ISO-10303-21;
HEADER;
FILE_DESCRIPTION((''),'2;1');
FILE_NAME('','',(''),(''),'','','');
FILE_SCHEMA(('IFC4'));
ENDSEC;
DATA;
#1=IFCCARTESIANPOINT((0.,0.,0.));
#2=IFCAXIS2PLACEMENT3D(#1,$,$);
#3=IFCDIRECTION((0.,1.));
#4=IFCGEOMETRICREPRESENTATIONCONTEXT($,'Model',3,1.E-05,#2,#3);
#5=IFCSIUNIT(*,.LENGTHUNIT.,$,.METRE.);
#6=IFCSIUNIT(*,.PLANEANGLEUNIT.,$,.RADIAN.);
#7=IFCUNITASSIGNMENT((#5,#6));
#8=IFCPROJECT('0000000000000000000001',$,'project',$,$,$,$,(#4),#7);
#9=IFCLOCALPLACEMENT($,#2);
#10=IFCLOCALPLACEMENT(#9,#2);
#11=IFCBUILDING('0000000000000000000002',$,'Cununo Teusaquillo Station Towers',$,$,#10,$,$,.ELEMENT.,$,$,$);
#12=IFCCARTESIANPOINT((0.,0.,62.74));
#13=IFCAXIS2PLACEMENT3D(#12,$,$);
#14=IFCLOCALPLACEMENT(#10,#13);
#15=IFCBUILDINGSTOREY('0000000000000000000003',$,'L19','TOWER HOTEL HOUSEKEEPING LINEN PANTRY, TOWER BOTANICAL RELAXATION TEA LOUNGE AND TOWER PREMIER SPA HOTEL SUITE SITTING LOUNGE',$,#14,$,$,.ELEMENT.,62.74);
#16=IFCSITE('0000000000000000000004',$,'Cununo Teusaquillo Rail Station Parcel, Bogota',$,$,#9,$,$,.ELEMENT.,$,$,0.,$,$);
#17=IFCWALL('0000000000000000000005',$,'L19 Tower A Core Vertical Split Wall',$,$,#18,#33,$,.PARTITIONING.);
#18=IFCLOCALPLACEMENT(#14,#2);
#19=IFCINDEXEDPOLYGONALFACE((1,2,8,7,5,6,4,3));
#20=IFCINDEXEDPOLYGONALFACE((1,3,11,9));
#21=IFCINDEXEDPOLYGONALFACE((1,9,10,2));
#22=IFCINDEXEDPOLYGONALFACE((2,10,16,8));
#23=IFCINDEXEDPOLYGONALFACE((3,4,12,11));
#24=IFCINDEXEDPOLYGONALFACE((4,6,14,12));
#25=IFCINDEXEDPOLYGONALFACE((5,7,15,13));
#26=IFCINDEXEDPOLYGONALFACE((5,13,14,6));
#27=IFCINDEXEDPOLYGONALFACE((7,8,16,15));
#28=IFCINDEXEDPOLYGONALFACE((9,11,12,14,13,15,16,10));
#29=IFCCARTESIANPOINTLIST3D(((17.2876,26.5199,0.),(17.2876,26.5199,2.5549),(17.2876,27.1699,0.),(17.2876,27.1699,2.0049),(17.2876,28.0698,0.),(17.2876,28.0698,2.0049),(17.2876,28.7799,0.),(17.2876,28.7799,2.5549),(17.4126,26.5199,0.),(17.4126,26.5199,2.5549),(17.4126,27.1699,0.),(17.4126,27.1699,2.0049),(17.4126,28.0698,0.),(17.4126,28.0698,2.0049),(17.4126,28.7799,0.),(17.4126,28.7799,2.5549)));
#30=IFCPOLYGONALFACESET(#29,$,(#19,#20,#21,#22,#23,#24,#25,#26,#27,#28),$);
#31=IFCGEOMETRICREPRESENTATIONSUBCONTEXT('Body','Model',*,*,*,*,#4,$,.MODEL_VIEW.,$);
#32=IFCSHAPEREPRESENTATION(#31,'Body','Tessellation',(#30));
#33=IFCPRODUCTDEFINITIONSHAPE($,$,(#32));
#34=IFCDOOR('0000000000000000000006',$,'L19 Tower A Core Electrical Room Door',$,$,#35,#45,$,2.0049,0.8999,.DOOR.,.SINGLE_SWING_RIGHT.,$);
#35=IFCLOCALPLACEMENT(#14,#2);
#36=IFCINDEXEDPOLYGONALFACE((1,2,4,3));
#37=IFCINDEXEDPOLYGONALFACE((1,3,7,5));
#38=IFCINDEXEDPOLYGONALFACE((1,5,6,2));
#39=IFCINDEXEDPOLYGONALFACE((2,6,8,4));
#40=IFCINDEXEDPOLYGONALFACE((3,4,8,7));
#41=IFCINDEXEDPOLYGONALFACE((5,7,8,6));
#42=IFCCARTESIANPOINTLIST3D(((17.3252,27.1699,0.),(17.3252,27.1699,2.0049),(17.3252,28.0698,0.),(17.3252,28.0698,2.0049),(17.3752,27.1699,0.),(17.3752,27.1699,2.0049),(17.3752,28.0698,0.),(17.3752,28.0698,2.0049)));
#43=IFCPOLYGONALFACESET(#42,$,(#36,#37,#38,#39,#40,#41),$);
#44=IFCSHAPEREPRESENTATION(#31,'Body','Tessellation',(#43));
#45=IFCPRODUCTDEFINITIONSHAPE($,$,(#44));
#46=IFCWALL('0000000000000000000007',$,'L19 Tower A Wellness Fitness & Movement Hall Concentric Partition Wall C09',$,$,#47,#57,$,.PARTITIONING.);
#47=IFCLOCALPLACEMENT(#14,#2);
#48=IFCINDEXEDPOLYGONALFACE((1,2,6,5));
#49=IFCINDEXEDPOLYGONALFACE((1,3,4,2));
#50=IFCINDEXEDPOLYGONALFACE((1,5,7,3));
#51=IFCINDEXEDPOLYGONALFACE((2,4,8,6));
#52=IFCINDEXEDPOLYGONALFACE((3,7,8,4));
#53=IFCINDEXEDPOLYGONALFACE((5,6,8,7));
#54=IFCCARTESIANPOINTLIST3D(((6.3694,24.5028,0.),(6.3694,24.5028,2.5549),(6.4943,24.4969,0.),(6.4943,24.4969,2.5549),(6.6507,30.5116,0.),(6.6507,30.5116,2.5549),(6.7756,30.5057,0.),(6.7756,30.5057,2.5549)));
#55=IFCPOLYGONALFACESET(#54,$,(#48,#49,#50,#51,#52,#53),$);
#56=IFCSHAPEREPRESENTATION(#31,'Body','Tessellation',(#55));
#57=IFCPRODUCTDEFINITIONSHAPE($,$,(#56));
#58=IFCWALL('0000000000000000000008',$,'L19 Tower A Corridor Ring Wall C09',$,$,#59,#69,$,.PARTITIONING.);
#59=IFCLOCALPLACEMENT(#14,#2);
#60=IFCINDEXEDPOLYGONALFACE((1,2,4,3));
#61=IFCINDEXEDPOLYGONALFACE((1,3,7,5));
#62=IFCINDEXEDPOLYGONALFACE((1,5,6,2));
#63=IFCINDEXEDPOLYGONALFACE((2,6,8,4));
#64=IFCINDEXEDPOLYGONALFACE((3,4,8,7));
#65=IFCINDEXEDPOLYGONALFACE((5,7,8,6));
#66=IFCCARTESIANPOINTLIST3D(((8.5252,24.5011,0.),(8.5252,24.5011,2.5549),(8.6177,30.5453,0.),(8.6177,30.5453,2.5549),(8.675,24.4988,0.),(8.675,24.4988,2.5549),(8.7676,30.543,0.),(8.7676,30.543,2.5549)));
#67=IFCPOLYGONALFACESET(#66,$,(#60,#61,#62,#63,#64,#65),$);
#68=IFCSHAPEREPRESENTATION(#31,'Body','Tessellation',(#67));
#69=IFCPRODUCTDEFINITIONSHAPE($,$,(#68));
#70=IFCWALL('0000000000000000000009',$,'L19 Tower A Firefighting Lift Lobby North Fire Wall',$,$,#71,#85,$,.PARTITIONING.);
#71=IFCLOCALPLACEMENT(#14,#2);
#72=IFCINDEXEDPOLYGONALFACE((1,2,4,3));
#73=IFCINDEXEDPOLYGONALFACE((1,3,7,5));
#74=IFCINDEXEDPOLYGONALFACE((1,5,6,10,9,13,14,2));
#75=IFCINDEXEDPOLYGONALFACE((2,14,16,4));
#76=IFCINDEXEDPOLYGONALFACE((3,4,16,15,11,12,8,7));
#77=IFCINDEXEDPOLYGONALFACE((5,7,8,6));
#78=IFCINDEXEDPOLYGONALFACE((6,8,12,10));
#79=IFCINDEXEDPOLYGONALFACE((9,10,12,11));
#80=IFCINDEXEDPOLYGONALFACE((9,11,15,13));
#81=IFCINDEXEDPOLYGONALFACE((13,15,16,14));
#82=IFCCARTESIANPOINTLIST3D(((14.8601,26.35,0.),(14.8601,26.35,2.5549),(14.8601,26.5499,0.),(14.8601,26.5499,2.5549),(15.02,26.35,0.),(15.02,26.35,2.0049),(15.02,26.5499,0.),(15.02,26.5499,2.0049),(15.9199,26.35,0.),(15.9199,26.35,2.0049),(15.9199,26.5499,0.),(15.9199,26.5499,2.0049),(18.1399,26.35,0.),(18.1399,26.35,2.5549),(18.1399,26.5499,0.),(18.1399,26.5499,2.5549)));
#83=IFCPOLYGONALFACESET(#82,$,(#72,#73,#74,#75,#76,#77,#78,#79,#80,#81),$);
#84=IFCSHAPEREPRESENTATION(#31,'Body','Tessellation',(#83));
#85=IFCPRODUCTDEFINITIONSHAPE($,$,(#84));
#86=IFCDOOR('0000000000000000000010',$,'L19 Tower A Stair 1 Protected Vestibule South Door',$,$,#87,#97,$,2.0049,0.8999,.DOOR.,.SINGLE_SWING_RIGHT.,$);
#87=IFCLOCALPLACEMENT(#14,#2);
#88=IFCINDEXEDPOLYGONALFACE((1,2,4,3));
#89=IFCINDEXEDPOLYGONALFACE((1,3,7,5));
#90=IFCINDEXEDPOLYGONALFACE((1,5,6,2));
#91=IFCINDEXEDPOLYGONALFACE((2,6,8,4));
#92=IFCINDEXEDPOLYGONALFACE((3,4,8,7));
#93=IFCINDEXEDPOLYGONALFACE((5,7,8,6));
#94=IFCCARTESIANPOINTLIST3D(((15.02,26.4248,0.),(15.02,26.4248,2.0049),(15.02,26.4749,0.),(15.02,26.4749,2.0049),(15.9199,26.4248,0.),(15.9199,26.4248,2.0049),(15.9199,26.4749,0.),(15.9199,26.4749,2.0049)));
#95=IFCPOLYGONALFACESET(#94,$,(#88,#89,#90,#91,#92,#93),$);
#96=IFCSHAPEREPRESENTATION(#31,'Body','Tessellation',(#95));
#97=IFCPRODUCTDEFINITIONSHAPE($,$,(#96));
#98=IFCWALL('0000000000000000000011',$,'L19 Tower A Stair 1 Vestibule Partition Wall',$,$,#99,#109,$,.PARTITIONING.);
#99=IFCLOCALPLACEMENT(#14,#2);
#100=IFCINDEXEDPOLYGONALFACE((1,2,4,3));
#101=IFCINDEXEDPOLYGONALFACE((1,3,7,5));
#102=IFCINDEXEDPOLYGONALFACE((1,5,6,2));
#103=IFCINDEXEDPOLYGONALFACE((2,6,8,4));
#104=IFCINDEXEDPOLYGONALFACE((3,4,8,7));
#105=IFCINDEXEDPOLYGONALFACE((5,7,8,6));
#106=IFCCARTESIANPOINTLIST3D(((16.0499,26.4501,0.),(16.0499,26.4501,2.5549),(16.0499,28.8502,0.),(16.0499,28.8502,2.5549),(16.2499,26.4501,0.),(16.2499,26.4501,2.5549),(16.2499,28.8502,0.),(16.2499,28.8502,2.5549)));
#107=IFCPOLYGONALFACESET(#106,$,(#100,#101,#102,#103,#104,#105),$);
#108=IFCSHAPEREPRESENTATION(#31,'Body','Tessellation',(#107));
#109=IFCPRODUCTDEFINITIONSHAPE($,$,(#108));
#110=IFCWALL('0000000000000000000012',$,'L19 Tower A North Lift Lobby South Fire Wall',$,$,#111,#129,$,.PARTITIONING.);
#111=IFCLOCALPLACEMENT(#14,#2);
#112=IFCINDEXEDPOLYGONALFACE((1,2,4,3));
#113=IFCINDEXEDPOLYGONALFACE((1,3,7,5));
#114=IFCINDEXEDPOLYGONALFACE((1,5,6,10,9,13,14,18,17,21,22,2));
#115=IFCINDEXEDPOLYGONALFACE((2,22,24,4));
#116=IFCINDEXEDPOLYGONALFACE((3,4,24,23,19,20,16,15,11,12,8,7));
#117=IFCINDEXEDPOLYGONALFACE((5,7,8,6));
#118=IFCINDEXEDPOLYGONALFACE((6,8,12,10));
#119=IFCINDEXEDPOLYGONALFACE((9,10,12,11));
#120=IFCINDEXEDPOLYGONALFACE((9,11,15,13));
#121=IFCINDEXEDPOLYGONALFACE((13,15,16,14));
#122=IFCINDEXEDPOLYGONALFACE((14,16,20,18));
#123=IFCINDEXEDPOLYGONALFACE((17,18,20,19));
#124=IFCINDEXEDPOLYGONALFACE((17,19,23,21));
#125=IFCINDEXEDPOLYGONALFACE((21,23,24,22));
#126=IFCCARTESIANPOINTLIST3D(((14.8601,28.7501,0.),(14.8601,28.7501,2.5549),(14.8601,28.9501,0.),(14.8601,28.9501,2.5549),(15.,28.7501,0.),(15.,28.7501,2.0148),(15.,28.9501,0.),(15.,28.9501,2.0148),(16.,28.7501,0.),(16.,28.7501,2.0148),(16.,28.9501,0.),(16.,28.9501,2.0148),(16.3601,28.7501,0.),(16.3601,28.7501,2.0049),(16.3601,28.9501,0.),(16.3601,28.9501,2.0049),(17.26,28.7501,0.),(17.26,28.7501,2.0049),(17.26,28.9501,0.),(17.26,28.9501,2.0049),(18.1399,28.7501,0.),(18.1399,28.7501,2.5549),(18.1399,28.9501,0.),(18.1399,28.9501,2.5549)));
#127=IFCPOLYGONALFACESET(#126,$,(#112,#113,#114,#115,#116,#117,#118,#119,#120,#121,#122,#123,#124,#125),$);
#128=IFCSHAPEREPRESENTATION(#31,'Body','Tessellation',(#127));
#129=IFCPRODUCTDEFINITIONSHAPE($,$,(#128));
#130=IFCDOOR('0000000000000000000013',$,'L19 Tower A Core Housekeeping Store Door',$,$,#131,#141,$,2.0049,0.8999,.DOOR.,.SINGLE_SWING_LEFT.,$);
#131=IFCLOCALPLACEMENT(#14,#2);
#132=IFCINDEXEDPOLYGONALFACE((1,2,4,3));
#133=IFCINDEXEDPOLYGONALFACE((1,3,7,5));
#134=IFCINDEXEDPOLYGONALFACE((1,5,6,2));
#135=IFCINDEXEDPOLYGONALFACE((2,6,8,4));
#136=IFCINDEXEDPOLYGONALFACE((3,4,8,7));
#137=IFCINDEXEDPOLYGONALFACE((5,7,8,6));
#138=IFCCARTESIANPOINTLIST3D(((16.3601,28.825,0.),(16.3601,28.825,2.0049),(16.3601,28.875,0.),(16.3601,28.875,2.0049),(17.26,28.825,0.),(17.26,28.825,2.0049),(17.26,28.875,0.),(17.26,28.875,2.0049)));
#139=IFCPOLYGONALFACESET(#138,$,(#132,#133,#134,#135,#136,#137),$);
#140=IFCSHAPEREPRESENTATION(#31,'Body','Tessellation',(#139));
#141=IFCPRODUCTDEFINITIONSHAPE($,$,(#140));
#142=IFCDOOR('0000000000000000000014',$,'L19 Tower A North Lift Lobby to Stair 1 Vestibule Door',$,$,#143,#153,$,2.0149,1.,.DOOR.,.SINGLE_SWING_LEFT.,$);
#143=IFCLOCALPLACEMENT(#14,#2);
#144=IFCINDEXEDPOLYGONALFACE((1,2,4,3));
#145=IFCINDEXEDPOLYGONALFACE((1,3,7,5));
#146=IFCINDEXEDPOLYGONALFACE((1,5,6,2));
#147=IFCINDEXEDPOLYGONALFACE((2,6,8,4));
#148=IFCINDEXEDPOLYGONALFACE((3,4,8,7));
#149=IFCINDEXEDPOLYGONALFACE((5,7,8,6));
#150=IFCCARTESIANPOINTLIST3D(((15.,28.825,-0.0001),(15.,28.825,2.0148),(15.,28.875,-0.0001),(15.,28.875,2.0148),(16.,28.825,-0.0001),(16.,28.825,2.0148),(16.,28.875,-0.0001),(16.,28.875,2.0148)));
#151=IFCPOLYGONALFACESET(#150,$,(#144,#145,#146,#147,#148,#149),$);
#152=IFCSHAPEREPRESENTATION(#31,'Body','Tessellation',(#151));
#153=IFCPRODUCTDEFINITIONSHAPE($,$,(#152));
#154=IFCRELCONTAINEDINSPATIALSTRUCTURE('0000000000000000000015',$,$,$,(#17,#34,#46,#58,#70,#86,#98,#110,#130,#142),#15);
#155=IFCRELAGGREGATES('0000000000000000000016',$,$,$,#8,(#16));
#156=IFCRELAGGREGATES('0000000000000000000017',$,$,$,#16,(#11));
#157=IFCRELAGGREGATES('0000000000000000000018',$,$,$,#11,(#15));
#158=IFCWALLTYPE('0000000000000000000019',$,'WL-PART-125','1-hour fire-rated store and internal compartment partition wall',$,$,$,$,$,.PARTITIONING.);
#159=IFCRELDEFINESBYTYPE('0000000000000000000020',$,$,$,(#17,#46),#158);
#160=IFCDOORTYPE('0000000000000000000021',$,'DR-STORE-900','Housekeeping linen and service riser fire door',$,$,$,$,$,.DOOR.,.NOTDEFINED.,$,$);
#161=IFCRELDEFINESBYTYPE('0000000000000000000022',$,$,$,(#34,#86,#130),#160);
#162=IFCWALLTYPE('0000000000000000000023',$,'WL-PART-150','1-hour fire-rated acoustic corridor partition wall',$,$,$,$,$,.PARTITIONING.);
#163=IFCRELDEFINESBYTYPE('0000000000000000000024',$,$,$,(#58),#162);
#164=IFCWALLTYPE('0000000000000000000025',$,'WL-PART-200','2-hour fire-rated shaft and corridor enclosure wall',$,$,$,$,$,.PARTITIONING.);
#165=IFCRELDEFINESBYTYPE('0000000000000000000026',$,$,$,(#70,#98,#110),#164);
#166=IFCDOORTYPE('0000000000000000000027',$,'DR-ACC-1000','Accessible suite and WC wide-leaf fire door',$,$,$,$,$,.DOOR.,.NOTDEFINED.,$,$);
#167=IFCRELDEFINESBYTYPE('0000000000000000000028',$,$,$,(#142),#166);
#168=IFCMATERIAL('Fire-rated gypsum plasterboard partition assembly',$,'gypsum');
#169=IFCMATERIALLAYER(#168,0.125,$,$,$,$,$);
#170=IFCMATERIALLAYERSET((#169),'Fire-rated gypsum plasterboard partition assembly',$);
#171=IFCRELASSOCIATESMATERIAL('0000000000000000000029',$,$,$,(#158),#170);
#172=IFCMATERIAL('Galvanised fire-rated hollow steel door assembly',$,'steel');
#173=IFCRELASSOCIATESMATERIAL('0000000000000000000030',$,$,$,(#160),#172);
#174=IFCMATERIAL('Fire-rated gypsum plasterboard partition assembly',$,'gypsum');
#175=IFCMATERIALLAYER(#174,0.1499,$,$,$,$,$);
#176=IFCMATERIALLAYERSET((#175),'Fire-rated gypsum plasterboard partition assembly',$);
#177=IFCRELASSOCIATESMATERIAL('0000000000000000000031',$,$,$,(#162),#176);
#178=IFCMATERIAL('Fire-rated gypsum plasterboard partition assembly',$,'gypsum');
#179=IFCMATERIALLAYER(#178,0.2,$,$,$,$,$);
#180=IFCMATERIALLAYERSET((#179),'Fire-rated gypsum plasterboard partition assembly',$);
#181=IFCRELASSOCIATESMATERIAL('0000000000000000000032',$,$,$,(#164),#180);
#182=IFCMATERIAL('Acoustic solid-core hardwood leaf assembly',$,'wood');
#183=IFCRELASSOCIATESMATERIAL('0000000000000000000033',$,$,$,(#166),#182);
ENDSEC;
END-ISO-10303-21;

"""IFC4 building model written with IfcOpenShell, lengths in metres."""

from ifc_helpers import new_model, si_unit, direction, frame, frame_2d, origin, place, context, subcontext, project, spatial, rectangle, extrude, source, transform, mapped, material, layer, layer_set, type_object, element, fill, save


model = new_model("IFC4")

# Units and contexts
model_context = context("Model", 3, precision=1e-05, world=origin(), true_north=direction((0.0, 1.0)))
body_context = subcontext(model_context, "Body", "Model", "MODEL_VIEW")
ifc_project = project(units=[si_unit("LENGTHUNIT", "METRE"), si_unit("PLANEANGLEUNIT", "RADIAN")], contexts=[model_context])

# Site, building, storey
site_placement = place(None, origin())
site = spatial("IfcSite", under=ifc_project, at=site_placement, Name="Cununo Teusaquillo Rail Station Parcel, Bogota", CompositionType="ELEMENT", RefElevation=0.0)
building_placement = place(site_placement, origin())
building = spatial("IfcBuilding", under=site, at=building_placement, Name="Cununo Teusaquillo Station Towers", CompositionType="ELEMENT")
storey_placement = place(building_placement, frame((0.0, 0.0, 62.74)))
storey = spatial("IfcBuildingStorey", under=building, at=storey_placement, Name="L19", Description="TOWER HOTEL HOUSEKEEPING LINEN PANTRY, TOWER BOTANICAL RELAXATION TEA LOUNGE AND TOWER PREMIER SPA HOTEL SUITE SITTING LOUNGE", CompositionType="ELEMENT", Elevation=62.74)

# Wall, opening, door
ifc_material_1 = material(Name="Fire-rated gypsum plasterboard partition assembly", Category="gypsum")
ifc_layer_1 = layer(ifc_material_1, 0.125)
ifc_layer_set_1 = layer_set([ifc_layer_1], Name="Fire-rated gypsum plasterboard partition assembly")
wall_type_1 = type_object("IfcWallType", Name="WL-PART-125", Description="1-hour fire-rated store and internal compartment partition wall", PredefinedType="PARTITIONING", material=ifc_layer_set_1)
wall_1_placement = place(storey_placement, frame((17.3501, 26.52, 0.0), z_axis=(0.0, 0.0, 1.0), x_axis=(0.0, 1.0, 0.0)))
wall_1 = element("IfcWall", 1, at=wall_1_placement, inside=storey, type_object=wall_type_1, Name="L19 Tower A Core Vertical Split Wall", PredefinedType="PARTITIONING", context=body_context, shape_type="SweptSolid", body=[
    extrude(rectangle(XDim=2.26, YDim=0.125, at=frame_2d((1.1299, 0.0))), origin(), (0.0, 0.0, 1.0), 2.5549),
])
shared_shape_1 = source(origin(), body_context, "Body", "SweptSolid", [
    extrude(rectangle(XDim=0.8999, YDim=2.0049, at=frame_2d((0.45, 1.0024))), frame((0.0, 0.0725, 0.0), z_axis=(0.0, -1.0, 0.0), x_axis=(1.0, 0.0, 0.0)), (0.0, 0.0, 1.0), 0.145),
])
opening_1_placement = place(wall_1_placement, frame((0.6499, 0.0, 0.0)))
opening_1 = element("IfcOpeningElement", 2, at=opening_1_placement, cuts=wall_1, PredefinedType="OPENING", context=body_context, shape_type="MappedRepresentation", body=[
    mapped(shared_shape_1, transform((0.0, 0.0, 0.0), x_axis=(1.0, 0.0, 0.0), y_axis=(0.0, 1.0, 0.0), z_axis=(0.0, 0.0, 1.0), scale=1.0)),
])
ifc_material_2 = material(Name="Galvanised fire-rated hollow steel door assembly", Category="steel")
door_type_1 = type_object("IfcDoorType", Name="DR-STORE-900", Description="Housekeeping linen and service riser fire door", OperationType="NOTDEFINED", PredefinedType="DOOR", material=ifc_material_2)
shared_shape_2 = source(origin(), body_context, "Body", "SweptSolid", [
    extrude(rectangle(XDim=0.8999, YDim=2.0049, at=frame_2d((0.45, 1.0024))), frame((0.0, 0.0249, 0.0), z_axis=(0.0, -1.0, 0.0), x_axis=(1.0, 0.0, 0.0)), (0.0, 0.0, 1.0), 0.05),
])
door_1_placement = place(opening_1_placement, origin())
door_1 = element("IfcDoor", 3, at=door_1_placement, inside=storey, type_object=door_type_1, Name="L19 Tower A Core Electrical Room Door", OperationType="SINGLE_SWING_RIGHT", OverallHeight=2.0049, OverallWidth=0.8999, PredefinedType="DOOR", context=body_context, shape_type="MappedRepresentation", body=[
    mapped(shared_shape_2, transform((0.0, 0.0, 0.0), x_axis=(1.0, 0.0, 0.0), y_axis=(0.0, 1.0, 0.0), z_axis=(0.0, 0.0, 1.0), scale=1.0)),
])
fill(opening_1, door_1)

# Walls
wall_2_placement = place(storey_placement, frame((6.7131, 30.5088, 0.0), z_axis=(0.0, 0.0, 1.0), x_axis=(-0.046755, -0.998906, 0.0)))
element("IfcWall", 4, at=wall_2_placement, inside=storey, type_object=wall_type_1, Name="L19 Tower A Wellness Fitness & Movement Hall Concentric Partition Wall C09", PredefinedType="PARTITIONING", context=body_context, shape_type="SweptSolid", body=[
    extrude(rectangle(XDim=6.0154, YDim=0.125, at=frame_2d((3.0078, 0.0))), origin(), (0.0, 0.0, 1.0), 2.5549),
])
ifc_material_3 = material(Name="Fire-rated gypsum plasterboard partition assembly", Category="gypsum")
ifc_layer_2 = layer(ifc_material_3, 0.1499)
ifc_layer_set_2 = layer_set([ifc_layer_2], Name="Fire-rated gypsum plasterboard partition assembly")
wall_type_2 = type_object("IfcWallType", Name="WL-PART-150", Description="1-hour fire-rated acoustic corridor partition wall", PredefinedType="PARTITIONING", material=ifc_layer_set_2)
wall_3_placement = place(storey_placement, frame((8.6926, 30.5442, 0.0), z_axis=(0.0, 0.0, 1.0), x_axis=(-0.015307, -0.999883, 0.0)))
element("IfcWall", 5, at=wall_3_placement, inside=storey, type_object=wall_type_2, Name="L19 Tower A Corridor Ring Wall C09", PredefinedType="PARTITIONING", context=body_context, shape_type="SweptSolid", body=[
    extrude(rectangle(XDim=6.0449, YDim=0.1499, at=frame_2d((3.0225, 0.0))), origin(), (0.0, 0.0, 1.0), 2.5549),
])

# Wall, opening, door
ifc_material_4 = material(Name="Fire-rated gypsum plasterboard partition assembly", Category="gypsum")
ifc_layer_3 = layer(ifc_material_4, 0.2)
ifc_layer_set_3 = layer_set([ifc_layer_3], Name="Fire-rated gypsum plasterboard partition assembly")
wall_type_3 = type_object("IfcWallType", Name="WL-PART-200", Description="2-hour fire-rated shaft and corridor enclosure wall", PredefinedType="PARTITIONING", material=ifc_layer_set_3)
wall_4_placement = place(storey_placement, frame((14.8601, 26.45, 0.0), z_axis=(0.0, 0.0, 1.0), x_axis=(1.0, 0.0, 0.0)))
wall_4 = element("IfcWall", 6, at=wall_4_placement, inside=storey, type_object=wall_type_3, Name="L19 Tower A Firefighting Lift Lobby North Fire Wall", PredefinedType="PARTITIONING", context=body_context, shape_type="SweptSolid", body=[
    extrude(rectangle(XDim=3.2798, YDim=0.2, at=frame_2d((1.6399, 0.0))), origin(), (0.0, 0.0, 1.0), 2.5549),
])
shared_shape_3 = source(origin(), body_context, "Body", "SweptSolid", [
    extrude(rectangle(XDim=0.8999, YDim=2.0049, at=frame_2d((0.45, 1.0024))), frame((0.0, 0.1099, 0.0), z_axis=(0.0, -1.0, 0.0), x_axis=(1.0, 0.0, 0.0)), (0.0, 0.0, 1.0), 0.22),
])
opening_2_placement = place(wall_4_placement, frame((0.1599, 0.0, 0.0)))
opening_2 = element("IfcOpeningElement", 7, at=opening_2_placement, cuts=wall_4, PredefinedType="OPENING", context=body_context, shape_type="MappedRepresentation", body=[
    mapped(shared_shape_3, transform((0.0, 0.0, 0.0), x_axis=(1.0, 0.0, 0.0), y_axis=(0.0, 1.0, 0.0), z_axis=(0.0, 0.0, 1.0), scale=1.0)),
])
door_2_placement = place(opening_2_placement, origin())
door_2 = element("IfcDoor", 8, at=door_2_placement, inside=storey, type_object=door_type_1, Name="L19 Tower A Stair 1 Protected Vestibule South Door", OperationType="SINGLE_SWING_RIGHT", OverallHeight=2.0049, OverallWidth=0.8999, PredefinedType="DOOR", context=body_context, shape_type="MappedRepresentation", body=[
    mapped(shared_shape_2, transform((0.0, 0.0, 0.0), x_axis=(1.0, 0.0, 0.0), y_axis=(0.0, 1.0, 0.0), z_axis=(0.0, 0.0, 1.0), scale=1.0)),
])
fill(opening_2, door_2)

# Wall
wall_5_placement = place(storey_placement, frame((16.1499, 26.45, 0.0), z_axis=(0.0, 0.0, 1.0), x_axis=(0.0, 1.0, 0.0)))
element("IfcWall", 9, at=wall_5_placement, inside=storey, type_object=wall_type_3, Name="L19 Tower A Stair 1 Vestibule Partition Wall", PredefinedType="PARTITIONING", context=body_context, shape_type="SweptSolid", body=[
    extrude(rectangle(XDim=2.4001, YDim=0.2, at=frame_2d((1.2002, 0.0))), origin(), (0.0, 0.0, 1.0), 2.5549),
])

# Wall, openings, doors
wall_6_placement = place(storey_placement, frame((14.8601, 28.8501, 0.0), z_axis=(0.0, 0.0, 1.0), x_axis=(1.0, 0.0, 0.0)))
wall_6 = element("IfcWall", 10, at=wall_6_placement, inside=storey, type_object=wall_type_3, Name="L19 Tower A North Lift Lobby South Fire Wall", PredefinedType="PARTITIONING", context=body_context, shape_type="SweptSolid", body=[
    extrude(rectangle(XDim=3.2798, YDim=0.2, at=frame_2d((1.6399, 0.0))), origin(), (0.0, 0.0, 1.0), 2.5549),
])
shared_shape_4 = source(origin(), body_context, "Body", "SweptSolid", [
    extrude(rectangle(XDim=1.0, YDim=2.0149, at=frame_2d((0.5, 1.0073))), frame((0.0, 0.1099, 0.0), z_axis=(0.0, -1.0, 0.0), x_axis=(1.0, 0.0, 0.0)), (0.0, 0.0, 1.0), 0.22),
])
opening_3_placement = place(wall_6_placement, frame((0.1399, 0.0, 0.0)))
opening_3 = element("IfcOpeningElement", 11, at=opening_3_placement, cuts=wall_6, PredefinedType="OPENING", context=body_context, shape_type="MappedRepresentation", body=[
    mapped(shared_shape_4, transform((0.0, 0.0, 0.0), x_axis=(1.0, 0.0, 0.0), y_axis=(0.0, 1.0, 0.0), z_axis=(0.0, 0.0, 1.0), scale=1.0)),
])
opening_4_placement = place(wall_6_placement, frame((1.5, 0.0, 0.0)))
opening_4 = element("IfcOpeningElement", 12, at=opening_4_placement, cuts=wall_6, PredefinedType="OPENING", context=body_context, shape_type="MappedRepresentation", body=[
    mapped(shared_shape_3, transform((0.0, 0.0, 0.0), x_axis=(1.0, 0.0, 0.0), y_axis=(0.0, 1.0, 0.0), z_axis=(0.0, 0.0, 1.0), scale=1.0)),
])
door_3_placement = place(opening_4_placement, origin())
door_3 = element("IfcDoor", 13, at=door_3_placement, inside=storey, type_object=door_type_1, Name="L19 Tower A Core Housekeeping Store Door", OperationType="SINGLE_SWING_LEFT", OverallHeight=2.0049, OverallWidth=0.8999, PredefinedType="DOOR", context=body_context, shape_type="MappedRepresentation", body=[
    mapped(shared_shape_2, transform((0.0, 0.0, 0.0), x_axis=(1.0, 0.0, 0.0), y_axis=(0.0, 1.0, 0.0), z_axis=(0.0, 0.0, 1.0), scale=1.0)),
])
fill(opening_4, door_3)
ifc_material_5 = material(Name="Acoustic solid-core hardwood leaf assembly", Category="wood")
door_type_2 = type_object("IfcDoorType", Name="DR-ACC-1000", Description="Accessible suite and WC wide-leaf fire door", OperationType="NOTDEFINED", PredefinedType="DOOR", material=ifc_material_5)
shared_shape_5 = source(origin(), body_context, "Body", "SweptSolid", [
    extrude(rectangle(XDim=1.0, YDim=2.0149, at=frame_2d((0.5, 1.0073))), frame((0.0, 0.0249, 0.0), z_axis=(0.0, -1.0, 0.0), x_axis=(1.0, 0.0, 0.0)), (0.0, 0.0, 1.0), 0.05),
])
door_4_placement = place(opening_3_placement, origin())
door_4 = element("IfcDoor", 14, at=door_4_placement, inside=storey, type_object=door_type_2, Name="L19 Tower A North Lift Lobby to Stair 1 Vestibule Door", OperationType="SINGLE_SWING_LEFT", OverallHeight=2.0149, OverallWidth=1.0, PredefinedType="DOOR", context=body_context, shape_type="MappedRepresentation", body=[
    mapped(shared_shape_5, transform((0.0, 0.0, 0.0), x_axis=(1.0, 0.0, 0.0), y_axis=(0.0, 1.0, 0.0), z_axis=(0.0, 0.0, 1.0), scale=1.0)),
])
fill(opening_3, door_4)

save(model, "model.ifc")
